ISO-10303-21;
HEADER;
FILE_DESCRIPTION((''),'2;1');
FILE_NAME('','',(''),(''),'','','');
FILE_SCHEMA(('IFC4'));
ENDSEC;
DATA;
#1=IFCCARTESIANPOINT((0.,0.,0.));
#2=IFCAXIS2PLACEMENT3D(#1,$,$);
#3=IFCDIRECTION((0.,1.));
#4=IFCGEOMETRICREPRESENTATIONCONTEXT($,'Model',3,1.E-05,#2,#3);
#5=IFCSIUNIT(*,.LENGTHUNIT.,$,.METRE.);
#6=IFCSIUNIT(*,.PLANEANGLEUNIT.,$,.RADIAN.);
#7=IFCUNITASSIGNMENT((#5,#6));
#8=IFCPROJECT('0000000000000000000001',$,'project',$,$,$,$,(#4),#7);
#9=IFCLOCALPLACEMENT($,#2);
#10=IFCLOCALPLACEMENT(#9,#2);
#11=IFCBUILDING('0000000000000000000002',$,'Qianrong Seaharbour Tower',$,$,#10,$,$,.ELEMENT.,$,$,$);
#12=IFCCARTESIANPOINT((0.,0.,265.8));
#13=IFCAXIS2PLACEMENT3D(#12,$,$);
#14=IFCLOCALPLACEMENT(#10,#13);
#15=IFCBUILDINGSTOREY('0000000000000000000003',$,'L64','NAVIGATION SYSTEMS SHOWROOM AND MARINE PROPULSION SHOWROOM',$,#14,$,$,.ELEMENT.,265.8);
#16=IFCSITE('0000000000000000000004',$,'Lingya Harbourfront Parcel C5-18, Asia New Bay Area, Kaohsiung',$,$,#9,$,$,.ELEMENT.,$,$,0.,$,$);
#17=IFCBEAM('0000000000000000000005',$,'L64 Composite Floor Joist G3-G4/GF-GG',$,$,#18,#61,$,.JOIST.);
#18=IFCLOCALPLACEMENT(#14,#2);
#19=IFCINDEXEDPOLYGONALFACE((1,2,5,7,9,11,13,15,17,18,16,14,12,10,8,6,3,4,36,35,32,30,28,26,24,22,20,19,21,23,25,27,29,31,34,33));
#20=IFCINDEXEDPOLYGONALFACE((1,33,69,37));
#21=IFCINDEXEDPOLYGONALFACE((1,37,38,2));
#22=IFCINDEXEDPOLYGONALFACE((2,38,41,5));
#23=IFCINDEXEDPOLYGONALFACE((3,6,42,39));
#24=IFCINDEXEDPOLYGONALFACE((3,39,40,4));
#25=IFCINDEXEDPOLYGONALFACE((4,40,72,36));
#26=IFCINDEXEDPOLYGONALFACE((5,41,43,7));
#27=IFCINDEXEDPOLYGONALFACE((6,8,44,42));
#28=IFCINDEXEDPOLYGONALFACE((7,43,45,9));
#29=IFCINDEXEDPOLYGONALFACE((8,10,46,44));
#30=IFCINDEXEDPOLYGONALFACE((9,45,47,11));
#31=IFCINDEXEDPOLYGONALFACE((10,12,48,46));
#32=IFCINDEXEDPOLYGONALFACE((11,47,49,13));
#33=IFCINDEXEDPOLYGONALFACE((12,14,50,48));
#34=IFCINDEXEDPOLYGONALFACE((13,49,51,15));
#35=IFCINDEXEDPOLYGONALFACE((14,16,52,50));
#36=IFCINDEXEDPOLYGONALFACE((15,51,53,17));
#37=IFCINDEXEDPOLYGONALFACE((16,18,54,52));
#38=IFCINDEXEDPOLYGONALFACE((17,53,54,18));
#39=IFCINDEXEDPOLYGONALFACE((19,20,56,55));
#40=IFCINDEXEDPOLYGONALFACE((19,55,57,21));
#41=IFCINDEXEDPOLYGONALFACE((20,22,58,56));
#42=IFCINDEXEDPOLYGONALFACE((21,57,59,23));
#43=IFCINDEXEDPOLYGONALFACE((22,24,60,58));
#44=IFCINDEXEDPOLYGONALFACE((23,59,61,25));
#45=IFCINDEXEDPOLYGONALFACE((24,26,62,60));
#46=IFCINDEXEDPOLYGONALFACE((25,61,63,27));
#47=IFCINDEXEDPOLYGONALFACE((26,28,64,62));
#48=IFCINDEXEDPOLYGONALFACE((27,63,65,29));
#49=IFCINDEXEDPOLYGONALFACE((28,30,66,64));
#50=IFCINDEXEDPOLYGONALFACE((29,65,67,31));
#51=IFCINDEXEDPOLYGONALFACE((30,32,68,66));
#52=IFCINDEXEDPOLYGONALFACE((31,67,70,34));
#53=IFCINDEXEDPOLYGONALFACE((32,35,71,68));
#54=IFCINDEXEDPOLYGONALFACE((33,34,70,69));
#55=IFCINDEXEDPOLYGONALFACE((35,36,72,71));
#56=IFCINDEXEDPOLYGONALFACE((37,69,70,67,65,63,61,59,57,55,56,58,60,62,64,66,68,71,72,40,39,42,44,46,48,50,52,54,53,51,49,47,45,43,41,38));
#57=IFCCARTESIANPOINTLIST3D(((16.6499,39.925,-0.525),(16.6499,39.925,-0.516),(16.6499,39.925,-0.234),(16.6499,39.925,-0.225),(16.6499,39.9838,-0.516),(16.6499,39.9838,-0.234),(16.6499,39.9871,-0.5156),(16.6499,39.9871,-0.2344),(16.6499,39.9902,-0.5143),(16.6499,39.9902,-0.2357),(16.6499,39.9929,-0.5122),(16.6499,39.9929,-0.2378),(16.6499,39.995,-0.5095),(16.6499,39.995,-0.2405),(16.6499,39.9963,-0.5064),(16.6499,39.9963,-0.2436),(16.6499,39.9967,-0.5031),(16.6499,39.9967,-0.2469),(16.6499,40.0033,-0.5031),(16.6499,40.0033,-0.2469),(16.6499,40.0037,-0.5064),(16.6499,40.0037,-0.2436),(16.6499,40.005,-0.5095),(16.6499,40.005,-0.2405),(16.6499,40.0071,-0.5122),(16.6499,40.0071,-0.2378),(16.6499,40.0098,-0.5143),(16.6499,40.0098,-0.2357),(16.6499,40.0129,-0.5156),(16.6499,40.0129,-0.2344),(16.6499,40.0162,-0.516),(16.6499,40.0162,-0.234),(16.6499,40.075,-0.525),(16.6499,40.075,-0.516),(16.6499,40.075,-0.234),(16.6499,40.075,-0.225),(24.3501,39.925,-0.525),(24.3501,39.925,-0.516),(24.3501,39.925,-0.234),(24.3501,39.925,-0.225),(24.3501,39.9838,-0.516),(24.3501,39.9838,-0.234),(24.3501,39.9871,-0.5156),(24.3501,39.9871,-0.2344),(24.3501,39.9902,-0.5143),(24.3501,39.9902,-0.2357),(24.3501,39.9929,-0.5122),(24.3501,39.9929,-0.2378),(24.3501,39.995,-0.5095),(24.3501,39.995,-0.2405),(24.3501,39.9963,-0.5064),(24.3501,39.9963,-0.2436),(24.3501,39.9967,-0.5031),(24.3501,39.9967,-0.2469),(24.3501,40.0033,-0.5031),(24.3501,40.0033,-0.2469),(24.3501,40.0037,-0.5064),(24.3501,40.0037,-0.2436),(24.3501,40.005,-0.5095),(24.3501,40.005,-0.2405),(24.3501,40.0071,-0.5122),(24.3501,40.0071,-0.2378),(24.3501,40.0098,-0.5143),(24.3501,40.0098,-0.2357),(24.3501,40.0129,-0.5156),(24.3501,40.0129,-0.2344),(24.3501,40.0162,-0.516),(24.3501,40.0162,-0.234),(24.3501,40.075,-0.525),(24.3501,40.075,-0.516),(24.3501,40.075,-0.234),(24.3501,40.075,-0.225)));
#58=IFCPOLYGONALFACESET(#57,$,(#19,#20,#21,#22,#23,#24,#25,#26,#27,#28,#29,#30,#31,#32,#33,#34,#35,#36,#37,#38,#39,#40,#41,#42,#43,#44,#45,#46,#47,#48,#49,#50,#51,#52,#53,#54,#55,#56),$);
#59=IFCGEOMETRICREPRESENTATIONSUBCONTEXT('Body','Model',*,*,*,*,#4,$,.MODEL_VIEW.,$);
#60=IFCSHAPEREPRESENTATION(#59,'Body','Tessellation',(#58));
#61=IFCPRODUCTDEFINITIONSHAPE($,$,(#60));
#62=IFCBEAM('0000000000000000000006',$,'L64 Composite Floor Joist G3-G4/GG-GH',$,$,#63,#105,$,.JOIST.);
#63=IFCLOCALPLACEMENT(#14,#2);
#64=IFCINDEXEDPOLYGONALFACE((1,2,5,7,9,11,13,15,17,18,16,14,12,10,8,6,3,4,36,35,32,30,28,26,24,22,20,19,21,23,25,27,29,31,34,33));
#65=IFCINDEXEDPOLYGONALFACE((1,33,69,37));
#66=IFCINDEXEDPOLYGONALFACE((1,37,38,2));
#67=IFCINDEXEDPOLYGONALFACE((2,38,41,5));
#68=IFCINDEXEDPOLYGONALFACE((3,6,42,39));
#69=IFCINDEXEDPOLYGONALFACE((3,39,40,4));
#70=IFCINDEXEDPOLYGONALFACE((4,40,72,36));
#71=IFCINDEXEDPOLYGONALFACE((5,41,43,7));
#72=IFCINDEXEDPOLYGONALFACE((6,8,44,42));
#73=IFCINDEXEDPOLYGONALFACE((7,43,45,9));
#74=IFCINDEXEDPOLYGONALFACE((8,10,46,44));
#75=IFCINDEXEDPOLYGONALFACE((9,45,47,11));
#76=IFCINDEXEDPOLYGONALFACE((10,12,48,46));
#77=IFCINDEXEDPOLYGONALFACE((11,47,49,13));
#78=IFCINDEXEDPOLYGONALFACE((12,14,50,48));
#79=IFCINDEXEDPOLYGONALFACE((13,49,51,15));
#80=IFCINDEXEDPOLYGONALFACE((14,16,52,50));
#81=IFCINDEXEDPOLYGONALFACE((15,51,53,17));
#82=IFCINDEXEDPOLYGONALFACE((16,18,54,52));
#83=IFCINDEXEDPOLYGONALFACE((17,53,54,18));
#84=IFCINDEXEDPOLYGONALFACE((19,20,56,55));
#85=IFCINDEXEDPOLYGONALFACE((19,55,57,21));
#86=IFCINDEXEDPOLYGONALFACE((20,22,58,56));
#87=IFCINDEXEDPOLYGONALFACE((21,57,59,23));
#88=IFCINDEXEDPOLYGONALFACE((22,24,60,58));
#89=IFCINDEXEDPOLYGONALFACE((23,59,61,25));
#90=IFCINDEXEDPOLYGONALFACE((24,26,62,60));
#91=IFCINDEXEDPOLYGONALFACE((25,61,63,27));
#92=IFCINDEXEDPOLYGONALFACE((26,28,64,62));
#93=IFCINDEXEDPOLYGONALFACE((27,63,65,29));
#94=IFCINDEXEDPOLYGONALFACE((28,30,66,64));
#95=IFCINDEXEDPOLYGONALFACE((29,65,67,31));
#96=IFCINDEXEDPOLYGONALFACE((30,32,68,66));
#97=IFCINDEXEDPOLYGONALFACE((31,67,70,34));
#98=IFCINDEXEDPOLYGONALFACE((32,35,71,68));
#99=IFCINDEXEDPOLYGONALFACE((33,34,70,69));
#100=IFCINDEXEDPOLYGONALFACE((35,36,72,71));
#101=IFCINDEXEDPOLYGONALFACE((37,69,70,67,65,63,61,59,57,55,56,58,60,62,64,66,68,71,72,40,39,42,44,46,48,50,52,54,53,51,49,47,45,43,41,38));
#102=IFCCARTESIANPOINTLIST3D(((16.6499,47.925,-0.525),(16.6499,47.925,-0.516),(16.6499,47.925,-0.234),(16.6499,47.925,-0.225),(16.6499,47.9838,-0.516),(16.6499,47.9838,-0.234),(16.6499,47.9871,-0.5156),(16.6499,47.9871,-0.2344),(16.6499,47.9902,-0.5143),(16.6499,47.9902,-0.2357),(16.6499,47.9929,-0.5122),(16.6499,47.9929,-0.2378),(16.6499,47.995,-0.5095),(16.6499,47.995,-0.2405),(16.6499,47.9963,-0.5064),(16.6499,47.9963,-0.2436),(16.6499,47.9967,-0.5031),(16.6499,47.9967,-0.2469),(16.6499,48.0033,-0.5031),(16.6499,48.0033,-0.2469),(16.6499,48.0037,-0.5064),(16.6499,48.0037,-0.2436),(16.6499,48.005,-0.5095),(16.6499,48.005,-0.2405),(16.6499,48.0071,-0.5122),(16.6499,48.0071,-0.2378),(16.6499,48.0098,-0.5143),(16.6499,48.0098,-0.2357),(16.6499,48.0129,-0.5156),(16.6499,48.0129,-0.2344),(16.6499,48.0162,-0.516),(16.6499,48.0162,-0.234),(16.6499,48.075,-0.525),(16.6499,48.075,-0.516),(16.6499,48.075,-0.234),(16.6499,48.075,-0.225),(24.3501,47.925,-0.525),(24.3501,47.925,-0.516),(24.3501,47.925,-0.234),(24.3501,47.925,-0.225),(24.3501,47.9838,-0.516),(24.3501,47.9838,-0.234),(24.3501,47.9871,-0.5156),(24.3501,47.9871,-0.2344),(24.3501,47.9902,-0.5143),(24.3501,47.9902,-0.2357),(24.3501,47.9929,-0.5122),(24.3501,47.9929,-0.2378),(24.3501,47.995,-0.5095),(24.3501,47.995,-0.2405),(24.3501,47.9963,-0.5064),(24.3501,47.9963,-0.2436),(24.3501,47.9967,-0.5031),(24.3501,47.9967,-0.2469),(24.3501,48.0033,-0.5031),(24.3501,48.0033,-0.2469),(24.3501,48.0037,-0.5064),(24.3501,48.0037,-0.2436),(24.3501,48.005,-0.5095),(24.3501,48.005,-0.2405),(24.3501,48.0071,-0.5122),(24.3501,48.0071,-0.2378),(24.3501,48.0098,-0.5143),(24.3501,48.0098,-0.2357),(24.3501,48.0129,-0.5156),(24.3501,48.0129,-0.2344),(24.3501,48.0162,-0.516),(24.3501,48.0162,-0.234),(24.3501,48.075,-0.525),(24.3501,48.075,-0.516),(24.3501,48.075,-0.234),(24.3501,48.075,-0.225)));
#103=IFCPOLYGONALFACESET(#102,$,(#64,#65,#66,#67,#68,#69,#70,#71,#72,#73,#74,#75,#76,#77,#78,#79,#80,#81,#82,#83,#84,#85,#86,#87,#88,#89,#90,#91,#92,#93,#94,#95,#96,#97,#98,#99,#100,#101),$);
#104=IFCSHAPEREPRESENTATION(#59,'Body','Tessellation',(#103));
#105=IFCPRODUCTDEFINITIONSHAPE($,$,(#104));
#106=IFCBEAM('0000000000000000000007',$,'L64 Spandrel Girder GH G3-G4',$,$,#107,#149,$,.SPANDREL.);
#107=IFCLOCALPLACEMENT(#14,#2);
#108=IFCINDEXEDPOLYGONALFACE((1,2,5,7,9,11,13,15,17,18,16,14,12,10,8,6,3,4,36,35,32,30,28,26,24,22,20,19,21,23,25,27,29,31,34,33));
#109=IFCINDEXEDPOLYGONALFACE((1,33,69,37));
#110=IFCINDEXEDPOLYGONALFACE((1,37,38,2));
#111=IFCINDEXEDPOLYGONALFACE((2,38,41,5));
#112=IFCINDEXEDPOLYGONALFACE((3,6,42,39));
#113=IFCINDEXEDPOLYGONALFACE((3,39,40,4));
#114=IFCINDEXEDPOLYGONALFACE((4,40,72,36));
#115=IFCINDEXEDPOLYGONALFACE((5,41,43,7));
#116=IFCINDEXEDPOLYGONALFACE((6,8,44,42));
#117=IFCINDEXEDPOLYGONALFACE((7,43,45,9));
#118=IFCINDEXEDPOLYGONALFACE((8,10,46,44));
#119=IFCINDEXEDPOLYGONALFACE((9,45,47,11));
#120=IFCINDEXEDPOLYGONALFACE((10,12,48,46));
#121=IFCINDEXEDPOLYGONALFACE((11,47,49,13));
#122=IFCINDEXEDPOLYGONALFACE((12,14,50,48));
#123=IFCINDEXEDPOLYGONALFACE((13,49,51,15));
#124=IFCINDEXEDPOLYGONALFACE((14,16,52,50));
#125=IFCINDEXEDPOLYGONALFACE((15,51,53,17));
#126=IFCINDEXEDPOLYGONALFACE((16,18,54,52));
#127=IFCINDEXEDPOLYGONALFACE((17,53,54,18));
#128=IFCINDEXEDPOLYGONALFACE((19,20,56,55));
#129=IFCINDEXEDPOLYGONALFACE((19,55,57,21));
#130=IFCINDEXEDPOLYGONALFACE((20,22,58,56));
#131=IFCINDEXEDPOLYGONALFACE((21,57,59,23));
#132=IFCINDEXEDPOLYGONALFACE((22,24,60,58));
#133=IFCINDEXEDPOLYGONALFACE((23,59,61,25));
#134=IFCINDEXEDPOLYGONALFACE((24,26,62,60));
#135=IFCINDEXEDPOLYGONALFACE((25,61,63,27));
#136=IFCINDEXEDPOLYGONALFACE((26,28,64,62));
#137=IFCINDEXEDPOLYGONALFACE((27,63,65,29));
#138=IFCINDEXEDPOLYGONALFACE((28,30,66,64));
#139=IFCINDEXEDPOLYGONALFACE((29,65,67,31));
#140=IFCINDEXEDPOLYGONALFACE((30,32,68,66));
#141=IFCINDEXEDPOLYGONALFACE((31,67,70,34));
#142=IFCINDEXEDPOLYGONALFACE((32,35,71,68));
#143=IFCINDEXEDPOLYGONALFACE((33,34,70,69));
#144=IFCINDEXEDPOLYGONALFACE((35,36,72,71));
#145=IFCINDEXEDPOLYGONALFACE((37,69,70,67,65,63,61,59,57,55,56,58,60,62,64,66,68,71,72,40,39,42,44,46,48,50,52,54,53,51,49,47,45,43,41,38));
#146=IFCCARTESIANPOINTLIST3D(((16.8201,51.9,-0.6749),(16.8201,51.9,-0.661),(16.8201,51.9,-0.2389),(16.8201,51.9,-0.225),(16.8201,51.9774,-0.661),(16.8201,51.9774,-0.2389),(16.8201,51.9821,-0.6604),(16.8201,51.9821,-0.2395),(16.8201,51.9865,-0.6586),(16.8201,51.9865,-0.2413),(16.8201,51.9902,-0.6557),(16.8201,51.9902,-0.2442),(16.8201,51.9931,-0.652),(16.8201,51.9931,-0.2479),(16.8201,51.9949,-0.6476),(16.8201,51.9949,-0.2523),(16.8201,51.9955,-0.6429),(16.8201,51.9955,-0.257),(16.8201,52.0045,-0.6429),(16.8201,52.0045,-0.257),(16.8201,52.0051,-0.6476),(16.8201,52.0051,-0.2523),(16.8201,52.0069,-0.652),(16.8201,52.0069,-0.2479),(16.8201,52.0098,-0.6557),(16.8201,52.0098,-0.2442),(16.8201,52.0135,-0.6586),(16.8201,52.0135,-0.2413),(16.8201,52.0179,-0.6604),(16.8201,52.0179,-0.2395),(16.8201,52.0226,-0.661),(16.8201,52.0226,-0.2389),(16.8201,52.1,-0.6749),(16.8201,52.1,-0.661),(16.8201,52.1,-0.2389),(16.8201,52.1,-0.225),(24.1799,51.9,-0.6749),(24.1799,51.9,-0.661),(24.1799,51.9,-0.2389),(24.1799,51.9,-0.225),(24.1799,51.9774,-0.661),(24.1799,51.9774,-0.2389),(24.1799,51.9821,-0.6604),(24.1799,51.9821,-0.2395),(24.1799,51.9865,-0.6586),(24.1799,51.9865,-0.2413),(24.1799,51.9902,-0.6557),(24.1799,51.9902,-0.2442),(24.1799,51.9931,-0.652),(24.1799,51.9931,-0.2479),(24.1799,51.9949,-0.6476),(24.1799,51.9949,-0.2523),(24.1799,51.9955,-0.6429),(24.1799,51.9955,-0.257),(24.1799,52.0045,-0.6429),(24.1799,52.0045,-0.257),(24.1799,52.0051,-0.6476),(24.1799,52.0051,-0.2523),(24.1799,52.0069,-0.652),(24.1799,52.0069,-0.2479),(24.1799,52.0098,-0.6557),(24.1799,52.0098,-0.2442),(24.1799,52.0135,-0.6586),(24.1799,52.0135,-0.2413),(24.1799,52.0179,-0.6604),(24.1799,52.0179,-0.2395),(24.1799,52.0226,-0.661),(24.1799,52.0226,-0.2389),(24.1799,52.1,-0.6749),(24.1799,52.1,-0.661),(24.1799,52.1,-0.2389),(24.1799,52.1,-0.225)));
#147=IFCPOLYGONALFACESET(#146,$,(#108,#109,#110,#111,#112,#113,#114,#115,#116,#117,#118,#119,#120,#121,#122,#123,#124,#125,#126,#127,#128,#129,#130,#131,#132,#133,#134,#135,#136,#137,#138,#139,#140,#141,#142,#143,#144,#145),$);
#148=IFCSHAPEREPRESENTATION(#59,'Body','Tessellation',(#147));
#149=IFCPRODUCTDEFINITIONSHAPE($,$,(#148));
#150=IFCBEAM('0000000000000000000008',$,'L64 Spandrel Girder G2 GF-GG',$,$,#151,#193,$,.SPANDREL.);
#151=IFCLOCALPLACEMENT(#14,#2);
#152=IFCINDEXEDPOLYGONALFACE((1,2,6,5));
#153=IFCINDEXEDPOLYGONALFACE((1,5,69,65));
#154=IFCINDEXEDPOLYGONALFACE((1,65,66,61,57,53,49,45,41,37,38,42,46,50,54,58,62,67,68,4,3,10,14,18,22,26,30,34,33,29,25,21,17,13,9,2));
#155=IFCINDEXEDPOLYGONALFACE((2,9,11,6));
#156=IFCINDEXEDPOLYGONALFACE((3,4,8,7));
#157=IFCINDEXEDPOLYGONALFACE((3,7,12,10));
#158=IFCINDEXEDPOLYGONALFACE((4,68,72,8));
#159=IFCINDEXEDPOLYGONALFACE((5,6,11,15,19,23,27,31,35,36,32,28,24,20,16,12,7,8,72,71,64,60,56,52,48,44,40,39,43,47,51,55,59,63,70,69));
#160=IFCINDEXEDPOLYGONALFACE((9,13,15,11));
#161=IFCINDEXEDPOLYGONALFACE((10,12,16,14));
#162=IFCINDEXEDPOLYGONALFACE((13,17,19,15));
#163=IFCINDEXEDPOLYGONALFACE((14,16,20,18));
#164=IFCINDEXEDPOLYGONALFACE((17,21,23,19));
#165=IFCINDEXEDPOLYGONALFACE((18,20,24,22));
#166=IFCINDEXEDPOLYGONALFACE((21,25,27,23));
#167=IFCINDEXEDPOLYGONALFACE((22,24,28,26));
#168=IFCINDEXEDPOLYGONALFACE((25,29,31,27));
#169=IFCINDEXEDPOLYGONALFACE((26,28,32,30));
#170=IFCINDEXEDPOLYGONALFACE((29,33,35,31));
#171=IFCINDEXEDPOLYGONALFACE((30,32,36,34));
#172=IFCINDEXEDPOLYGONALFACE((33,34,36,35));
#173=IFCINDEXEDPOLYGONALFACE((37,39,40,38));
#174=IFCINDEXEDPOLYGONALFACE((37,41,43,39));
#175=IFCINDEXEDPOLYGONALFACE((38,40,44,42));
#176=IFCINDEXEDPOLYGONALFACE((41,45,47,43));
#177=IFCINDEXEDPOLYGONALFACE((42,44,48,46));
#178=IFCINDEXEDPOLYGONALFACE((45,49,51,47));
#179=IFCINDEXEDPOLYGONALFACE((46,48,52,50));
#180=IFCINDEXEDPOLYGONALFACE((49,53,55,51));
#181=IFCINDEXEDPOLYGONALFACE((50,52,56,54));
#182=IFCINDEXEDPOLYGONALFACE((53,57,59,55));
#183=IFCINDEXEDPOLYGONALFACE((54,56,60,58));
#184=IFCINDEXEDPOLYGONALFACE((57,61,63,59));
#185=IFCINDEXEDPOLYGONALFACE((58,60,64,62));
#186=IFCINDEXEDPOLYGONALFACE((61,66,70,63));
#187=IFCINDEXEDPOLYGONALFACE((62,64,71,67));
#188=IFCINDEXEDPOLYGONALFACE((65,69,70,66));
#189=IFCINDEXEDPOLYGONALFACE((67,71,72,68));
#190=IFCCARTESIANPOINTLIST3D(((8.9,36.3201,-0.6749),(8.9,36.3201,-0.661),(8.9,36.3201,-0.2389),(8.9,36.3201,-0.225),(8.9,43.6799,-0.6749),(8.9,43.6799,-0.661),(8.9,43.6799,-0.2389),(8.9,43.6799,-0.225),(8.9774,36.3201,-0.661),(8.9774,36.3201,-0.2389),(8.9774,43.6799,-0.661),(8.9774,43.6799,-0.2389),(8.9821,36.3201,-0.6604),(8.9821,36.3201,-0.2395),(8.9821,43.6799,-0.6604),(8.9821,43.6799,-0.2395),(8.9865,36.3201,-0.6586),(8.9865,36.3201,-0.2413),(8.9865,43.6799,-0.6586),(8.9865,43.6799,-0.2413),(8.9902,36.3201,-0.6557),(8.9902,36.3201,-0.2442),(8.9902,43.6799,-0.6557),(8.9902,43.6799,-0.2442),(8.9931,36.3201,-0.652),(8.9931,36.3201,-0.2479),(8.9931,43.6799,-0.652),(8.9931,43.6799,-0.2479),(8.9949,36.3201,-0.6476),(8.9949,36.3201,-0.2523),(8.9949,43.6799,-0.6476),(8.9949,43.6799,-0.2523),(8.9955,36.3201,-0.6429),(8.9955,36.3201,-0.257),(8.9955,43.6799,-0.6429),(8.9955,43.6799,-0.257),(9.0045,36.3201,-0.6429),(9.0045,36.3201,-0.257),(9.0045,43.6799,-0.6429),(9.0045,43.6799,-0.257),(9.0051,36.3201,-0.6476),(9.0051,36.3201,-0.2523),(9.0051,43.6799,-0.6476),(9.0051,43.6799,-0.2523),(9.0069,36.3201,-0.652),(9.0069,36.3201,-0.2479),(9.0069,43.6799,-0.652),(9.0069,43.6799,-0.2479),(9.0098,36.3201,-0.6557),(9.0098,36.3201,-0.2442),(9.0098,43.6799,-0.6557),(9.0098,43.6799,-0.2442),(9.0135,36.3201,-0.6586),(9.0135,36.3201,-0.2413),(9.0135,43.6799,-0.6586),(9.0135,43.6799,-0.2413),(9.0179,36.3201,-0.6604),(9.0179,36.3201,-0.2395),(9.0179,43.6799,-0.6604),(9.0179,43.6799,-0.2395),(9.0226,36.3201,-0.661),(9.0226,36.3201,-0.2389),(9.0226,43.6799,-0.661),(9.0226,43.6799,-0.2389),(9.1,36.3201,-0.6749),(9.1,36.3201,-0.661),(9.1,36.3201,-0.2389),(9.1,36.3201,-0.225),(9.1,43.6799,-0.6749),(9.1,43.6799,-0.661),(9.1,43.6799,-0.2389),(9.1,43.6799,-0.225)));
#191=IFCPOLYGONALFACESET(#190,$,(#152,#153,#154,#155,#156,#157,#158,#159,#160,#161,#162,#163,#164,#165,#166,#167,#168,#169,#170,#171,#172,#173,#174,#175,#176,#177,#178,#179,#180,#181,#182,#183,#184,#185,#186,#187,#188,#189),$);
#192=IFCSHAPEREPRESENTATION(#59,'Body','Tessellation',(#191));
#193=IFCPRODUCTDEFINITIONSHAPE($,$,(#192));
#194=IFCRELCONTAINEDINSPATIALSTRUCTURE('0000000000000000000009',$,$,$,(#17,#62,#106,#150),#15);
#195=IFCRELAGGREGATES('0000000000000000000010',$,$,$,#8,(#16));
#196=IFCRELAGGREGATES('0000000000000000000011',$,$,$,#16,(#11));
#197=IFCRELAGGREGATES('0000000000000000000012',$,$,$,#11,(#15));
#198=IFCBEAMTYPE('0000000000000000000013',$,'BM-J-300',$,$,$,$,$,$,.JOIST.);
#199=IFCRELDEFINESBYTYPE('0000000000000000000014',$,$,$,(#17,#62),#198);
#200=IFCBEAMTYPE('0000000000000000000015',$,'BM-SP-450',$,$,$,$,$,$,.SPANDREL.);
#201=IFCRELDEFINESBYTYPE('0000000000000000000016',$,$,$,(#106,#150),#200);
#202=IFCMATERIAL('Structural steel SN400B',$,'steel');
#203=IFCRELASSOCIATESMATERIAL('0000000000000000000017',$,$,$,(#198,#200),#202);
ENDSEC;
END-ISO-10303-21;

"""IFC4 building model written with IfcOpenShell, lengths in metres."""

from ifc_helpers import new_model, si_unit, direction, frame, origin, origin_2d, place, context, subcontext, project, spatial, i_section, extrude, material, material_profile, profile_set, type_object, element, save


model = new_model("IFC4")

# Units and contexts
model_context = context("Model", 3, precision=1e-05, world=origin(), true_north=direction((0.0, 1.0)))
body_context = subcontext(model_context, "Body", "Model", "MODEL_VIEW")
ifc_project = project(units=[si_unit("LENGTHUNIT", "METRE"), si_unit("PLANEANGLEUNIT", "RADIAN")], contexts=[model_context])

# Site, building, storey
site_placement = place(None, origin())
site = spatial("IfcSite", under=ifc_project, at=site_placement, Name="Lingya Harbourfront Parcel C5-18, Asia New Bay Area, Kaohsiung", CompositionType="ELEMENT", RefElevation=0.0)
building_placement = place(site_placement, origin())
building = spatial("IfcBuilding", under=site, at=building_placement, Name="Qianrong Seaharbour Tower", CompositionType="ELEMENT")
storey_placement = place(building_placement, frame((0.0, 0.0, 265.8)))
storey = spatial("IfcBuildingStorey", under=building, at=storey_placement, Name="L64", Description="NAVIGATION SYSTEMS SHOWROOM AND MARINE PROPULSION SHOWROOM", CompositionType="ELEMENT", Elevation=265.8)

# Beams
ifc_material_1 = material(Name="Structural steel SN400B", Category="steel")
ifc_material_profile_1 = material_profile(ifc_material_1, i_section(OverallWidth=0.1499, OverallDepth=0.3, WebThickness=0.0066, FlangeThickness=0.009, FilletRadius=0.0129, at=origin_2d()), Name="H300x150x6.5x9")
ifc_profile_set_1 = profile_set([ifc_material_profile_1], Name="Structural steel SN400B")
beam_type_1 = type_object("IfcBeamType", Name="BM-J-300", PredefinedType="JOIST", material=ifc_profile_set_1)
for number, where, z_axis, x_axis, name in (
    (1, (16.6499, 40.0, -0.375), (1.0, 0.0, 0.0), (0.0, 1.0, 0.0), "L64 Composite Floor Joist G3-G4/GF-GG"),
    (2, (16.6499, 48.0, -0.375), (1.0, 0.0, 0.0), (0.0, 1.0, 0.0), "L64 Composite Floor Joist G3-G4/GG-GH"),
):
    element("IfcBeam", number, at=place(storey_placement, frame(where, z_axis=z_axis, x_axis=x_axis)), inside=storey, type_object=beam_type_1, Name=name, PredefinedType="JOIST", context=body_context, shape_type="SweptSolid", body=[
        extrude(i_section(OverallWidth=0.1499, OverallDepth=0.3, WebThickness=0.0066, FlangeThickness=0.009, FilletRadius=0.0129, at=origin_2d()), origin(), (0.0, 0.0, 1.0), 7.7002),
    ])
ifc_material_profile_2 = material_profile(ifc_material_1, i_section(OverallWidth=0.2, OverallDepth=0.45, WebThickness=0.009, FlangeThickness=0.0139, FilletRadius=0.0181, at=origin_2d()), Name="H450x200x9x14")
ifc_profile_set_2 = profile_set([ifc_material_profile_2], Name="Structural steel SN400B")
beam_type_2 = type_object("IfcBeamType", Name="BM-SP-450", PredefinedType="SPANDREL", material=ifc_profile_set_2)
for number, where, z_axis, x_axis, name in (
    (3, (16.8201, 52.0, -0.45), (1.0, 0.0, 0.0), (0.0, 1.0, 0.0), "L64 Spandrel Girder GH G3-G4"),
    (4, (9.0, 36.3201, -0.45), (0.0, 1.0, 0.0), (-1.0, 0.0, 0.0), "L64 Spandrel Girder G2 GF-GG"),
):
    element("IfcBeam", number, at=place(storey_placement, frame(where, z_axis=z_axis, x_axis=x_axis)), inside=storey, type_object=beam_type_2, Name=name, PredefinedType="SPANDREL", context=body_context, shape_type="SweptSolid", body=[
        extrude(i_section(OverallWidth=0.2, OverallDepth=0.45, WebThickness=0.009, FlangeThickness=0.0139, FilletRadius=0.0181, at=origin_2d()), origin(), (0.0, 0.0, 1.0), 7.3599),
    ])

save(model, "model.ifc")
